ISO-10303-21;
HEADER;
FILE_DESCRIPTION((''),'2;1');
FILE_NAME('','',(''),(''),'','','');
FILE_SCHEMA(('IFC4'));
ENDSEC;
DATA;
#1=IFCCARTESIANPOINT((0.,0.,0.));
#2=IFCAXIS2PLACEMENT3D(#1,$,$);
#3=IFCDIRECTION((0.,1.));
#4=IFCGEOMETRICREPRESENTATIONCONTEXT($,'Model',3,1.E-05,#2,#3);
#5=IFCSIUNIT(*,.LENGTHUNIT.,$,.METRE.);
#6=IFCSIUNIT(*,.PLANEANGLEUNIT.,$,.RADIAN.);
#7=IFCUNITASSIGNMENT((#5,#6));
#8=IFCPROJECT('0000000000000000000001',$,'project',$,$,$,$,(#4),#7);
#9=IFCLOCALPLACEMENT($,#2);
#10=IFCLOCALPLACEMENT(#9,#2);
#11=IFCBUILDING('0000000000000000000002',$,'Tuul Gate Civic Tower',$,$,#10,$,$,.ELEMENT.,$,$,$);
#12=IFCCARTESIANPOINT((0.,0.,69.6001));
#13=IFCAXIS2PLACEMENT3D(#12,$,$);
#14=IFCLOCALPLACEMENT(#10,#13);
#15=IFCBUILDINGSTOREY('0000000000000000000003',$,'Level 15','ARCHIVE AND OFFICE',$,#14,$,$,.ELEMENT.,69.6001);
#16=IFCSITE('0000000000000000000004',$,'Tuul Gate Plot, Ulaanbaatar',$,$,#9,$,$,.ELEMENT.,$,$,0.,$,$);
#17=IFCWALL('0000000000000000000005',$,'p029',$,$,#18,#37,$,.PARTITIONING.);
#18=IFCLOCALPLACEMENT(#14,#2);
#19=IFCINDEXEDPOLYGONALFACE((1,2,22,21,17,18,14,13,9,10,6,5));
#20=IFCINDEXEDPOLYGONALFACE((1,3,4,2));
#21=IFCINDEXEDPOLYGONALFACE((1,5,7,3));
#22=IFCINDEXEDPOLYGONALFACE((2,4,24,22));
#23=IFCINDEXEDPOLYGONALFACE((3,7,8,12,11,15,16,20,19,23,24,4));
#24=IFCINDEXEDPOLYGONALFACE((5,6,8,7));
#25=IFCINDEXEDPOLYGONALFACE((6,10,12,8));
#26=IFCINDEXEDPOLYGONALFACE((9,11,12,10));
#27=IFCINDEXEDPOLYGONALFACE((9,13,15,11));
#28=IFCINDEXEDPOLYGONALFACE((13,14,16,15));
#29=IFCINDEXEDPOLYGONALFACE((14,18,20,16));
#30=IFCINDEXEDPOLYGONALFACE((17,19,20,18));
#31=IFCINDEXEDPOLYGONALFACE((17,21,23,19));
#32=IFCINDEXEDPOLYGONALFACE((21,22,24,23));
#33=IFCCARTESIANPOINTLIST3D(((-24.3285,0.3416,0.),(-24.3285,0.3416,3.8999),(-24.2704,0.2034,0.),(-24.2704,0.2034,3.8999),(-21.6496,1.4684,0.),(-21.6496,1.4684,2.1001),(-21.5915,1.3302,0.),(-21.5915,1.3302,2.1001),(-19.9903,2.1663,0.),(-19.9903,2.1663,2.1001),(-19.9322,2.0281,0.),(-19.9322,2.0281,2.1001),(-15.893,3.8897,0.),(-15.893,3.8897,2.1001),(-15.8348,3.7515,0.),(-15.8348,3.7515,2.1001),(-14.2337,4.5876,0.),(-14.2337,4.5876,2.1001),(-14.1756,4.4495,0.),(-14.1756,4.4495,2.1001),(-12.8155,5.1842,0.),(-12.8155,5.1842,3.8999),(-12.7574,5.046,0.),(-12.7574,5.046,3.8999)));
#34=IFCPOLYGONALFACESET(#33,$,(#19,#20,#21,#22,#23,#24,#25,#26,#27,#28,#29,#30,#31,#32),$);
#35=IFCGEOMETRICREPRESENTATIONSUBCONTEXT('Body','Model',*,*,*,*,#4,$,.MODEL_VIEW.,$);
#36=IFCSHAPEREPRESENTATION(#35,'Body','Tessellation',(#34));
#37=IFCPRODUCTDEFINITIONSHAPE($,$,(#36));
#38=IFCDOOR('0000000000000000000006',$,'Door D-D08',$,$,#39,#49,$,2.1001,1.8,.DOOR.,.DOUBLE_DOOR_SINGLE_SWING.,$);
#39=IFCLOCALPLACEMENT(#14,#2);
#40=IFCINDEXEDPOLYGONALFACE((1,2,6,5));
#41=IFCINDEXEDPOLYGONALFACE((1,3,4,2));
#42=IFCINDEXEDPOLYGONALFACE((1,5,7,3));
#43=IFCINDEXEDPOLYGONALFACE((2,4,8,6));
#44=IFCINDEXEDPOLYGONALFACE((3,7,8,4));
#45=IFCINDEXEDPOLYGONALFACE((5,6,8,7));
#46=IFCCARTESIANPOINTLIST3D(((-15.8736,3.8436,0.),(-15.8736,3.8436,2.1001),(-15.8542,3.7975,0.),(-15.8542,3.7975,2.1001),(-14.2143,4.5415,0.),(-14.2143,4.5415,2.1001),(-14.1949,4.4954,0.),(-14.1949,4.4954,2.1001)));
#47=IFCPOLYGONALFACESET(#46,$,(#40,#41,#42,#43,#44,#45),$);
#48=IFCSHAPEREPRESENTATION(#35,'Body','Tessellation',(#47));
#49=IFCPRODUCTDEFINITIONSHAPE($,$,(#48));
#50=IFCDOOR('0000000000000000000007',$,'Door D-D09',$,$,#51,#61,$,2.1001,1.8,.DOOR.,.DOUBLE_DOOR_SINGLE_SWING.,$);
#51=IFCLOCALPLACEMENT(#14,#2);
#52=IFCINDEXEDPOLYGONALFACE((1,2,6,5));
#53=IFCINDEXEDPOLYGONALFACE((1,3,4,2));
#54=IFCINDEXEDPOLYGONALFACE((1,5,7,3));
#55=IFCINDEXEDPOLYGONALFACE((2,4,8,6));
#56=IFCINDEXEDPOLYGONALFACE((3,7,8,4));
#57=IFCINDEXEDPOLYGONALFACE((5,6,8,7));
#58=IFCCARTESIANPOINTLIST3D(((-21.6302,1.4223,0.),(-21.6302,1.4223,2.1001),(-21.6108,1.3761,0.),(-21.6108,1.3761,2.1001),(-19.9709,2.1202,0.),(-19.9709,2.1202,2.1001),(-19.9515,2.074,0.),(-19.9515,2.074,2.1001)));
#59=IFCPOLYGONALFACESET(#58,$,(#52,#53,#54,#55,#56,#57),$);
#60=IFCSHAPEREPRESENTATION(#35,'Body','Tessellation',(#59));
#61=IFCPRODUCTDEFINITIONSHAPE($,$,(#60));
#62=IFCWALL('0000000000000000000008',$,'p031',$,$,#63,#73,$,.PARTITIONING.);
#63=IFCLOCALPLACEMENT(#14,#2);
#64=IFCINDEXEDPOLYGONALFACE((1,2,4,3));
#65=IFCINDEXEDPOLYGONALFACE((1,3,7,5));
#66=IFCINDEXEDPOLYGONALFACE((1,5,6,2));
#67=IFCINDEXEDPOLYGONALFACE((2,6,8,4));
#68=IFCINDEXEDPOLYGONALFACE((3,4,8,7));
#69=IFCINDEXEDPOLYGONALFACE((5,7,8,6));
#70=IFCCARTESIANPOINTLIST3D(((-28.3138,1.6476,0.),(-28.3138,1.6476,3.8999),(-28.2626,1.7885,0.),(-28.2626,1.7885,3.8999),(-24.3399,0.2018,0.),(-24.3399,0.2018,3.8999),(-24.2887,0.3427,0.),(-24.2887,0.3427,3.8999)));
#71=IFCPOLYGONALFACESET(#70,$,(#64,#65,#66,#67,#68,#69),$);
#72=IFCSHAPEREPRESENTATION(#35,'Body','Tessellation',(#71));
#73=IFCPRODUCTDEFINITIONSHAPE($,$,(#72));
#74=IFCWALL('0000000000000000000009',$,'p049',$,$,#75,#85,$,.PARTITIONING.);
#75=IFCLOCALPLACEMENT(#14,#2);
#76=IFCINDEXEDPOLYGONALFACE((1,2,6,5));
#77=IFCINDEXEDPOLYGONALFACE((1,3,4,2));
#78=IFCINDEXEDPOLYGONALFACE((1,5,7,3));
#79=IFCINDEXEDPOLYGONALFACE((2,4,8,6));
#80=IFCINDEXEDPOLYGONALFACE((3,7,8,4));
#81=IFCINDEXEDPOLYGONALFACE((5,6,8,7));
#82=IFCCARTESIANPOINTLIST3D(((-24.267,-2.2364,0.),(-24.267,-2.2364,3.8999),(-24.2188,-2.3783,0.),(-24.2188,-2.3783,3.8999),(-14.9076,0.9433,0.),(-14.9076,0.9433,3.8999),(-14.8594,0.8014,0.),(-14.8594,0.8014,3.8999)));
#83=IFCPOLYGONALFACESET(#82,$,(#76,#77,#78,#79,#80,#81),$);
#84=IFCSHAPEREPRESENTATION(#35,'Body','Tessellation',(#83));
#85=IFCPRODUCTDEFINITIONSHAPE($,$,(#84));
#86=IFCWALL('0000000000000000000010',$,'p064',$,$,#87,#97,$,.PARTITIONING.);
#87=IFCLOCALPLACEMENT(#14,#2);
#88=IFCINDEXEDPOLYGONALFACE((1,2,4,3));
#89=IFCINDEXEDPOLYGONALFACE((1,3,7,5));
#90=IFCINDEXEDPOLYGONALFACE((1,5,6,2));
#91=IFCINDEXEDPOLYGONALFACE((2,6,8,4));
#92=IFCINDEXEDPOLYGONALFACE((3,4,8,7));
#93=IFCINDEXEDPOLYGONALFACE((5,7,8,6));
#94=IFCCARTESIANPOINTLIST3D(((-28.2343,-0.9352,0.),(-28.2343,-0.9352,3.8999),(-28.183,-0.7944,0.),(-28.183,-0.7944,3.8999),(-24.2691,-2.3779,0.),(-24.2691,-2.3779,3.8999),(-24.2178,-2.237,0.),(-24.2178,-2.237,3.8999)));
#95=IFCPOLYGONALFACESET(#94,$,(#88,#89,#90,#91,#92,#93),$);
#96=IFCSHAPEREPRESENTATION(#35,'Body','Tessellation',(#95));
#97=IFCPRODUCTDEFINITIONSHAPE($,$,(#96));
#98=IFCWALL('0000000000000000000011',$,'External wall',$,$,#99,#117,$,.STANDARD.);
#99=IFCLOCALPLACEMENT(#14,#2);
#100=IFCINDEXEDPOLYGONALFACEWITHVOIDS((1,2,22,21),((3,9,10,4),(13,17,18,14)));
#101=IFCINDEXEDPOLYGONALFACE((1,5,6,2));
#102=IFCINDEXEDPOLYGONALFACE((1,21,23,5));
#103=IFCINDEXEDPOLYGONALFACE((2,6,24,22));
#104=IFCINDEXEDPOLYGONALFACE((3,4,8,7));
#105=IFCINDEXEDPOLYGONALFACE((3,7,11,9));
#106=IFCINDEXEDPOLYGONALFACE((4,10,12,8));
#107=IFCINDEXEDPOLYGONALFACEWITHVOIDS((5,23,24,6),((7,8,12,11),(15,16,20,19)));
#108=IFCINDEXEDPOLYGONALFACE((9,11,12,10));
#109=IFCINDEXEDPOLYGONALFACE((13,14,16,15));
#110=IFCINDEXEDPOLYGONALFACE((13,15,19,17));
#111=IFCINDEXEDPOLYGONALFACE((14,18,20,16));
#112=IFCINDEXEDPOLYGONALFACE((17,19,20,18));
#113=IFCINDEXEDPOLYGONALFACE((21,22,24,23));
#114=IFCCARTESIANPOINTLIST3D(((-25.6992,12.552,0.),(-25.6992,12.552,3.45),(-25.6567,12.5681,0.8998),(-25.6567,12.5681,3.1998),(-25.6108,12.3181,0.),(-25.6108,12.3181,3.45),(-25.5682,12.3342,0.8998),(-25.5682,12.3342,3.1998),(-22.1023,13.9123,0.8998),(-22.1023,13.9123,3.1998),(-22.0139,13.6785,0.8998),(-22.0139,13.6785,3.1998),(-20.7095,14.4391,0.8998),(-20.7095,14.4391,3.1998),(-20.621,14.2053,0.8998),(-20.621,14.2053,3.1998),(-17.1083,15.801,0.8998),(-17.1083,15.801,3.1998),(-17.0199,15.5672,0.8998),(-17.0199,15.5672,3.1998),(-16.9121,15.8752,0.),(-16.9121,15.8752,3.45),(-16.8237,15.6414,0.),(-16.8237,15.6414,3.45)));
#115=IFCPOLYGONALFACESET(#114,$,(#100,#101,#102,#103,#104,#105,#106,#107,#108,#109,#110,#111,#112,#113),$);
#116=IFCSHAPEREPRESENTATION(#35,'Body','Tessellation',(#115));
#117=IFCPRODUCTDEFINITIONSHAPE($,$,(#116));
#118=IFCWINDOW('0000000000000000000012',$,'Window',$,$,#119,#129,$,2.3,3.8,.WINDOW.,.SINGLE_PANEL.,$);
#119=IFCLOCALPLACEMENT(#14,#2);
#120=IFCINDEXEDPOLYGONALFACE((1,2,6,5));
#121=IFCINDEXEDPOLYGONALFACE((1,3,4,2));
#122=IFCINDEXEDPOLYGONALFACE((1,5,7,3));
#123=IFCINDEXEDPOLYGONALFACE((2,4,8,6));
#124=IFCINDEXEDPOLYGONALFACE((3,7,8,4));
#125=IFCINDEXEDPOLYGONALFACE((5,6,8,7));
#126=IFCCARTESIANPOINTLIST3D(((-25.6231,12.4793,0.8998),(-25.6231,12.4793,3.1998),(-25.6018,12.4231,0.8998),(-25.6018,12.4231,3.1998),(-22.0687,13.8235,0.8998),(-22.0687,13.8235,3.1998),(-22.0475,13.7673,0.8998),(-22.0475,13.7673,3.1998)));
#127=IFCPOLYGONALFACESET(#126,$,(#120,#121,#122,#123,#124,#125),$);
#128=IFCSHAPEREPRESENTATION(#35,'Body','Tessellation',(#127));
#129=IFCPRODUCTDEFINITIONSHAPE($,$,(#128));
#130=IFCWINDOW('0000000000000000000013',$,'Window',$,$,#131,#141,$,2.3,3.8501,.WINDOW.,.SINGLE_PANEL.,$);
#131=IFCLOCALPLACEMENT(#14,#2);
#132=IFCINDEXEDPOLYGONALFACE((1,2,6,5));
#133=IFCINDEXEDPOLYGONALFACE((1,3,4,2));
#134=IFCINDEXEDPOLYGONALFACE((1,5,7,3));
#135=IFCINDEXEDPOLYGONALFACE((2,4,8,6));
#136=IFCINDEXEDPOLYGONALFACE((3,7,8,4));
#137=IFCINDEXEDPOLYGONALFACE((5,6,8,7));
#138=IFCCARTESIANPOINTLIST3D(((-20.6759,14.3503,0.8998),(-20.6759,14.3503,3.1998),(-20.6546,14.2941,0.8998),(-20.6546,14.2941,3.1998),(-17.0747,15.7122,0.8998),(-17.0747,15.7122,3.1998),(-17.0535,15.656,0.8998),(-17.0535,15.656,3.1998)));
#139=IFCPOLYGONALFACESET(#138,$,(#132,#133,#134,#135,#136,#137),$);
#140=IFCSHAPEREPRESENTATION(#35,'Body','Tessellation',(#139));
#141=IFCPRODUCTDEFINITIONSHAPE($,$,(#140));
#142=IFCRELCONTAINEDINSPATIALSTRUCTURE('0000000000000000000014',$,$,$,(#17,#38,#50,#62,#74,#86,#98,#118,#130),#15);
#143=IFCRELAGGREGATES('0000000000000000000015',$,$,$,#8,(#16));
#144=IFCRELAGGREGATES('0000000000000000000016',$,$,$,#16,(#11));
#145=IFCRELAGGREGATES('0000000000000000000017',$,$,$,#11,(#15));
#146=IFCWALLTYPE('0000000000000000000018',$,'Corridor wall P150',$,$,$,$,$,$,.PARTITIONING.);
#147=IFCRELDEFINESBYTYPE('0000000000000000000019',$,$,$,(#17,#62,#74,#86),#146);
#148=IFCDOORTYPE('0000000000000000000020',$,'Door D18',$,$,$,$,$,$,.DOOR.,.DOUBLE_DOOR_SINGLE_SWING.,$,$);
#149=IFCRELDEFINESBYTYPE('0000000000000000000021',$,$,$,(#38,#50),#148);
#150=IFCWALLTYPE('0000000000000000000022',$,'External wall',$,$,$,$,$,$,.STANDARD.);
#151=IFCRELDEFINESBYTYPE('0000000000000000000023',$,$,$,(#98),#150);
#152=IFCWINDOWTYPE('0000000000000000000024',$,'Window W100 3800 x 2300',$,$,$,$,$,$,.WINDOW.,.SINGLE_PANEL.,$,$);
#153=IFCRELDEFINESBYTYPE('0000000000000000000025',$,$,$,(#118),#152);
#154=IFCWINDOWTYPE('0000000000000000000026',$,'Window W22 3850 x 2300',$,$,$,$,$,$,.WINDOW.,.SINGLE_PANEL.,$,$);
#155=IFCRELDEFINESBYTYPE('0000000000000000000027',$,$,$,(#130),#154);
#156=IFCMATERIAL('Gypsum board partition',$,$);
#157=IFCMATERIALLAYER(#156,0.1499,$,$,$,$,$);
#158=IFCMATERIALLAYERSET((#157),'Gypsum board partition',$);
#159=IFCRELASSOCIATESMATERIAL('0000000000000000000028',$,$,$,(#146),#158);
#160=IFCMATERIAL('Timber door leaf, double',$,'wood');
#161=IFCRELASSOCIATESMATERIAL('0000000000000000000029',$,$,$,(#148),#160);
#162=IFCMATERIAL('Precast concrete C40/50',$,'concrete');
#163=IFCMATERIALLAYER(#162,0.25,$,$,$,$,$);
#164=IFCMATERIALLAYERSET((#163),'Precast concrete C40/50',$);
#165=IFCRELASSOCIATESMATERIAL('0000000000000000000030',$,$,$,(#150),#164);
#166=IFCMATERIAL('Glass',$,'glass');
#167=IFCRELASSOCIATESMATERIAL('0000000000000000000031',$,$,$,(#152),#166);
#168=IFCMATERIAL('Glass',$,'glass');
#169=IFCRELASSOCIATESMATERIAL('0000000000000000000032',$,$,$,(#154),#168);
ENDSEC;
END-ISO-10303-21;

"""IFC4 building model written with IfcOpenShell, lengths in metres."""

from ifc_helpers import new_model, si_unit, direction, frame, frame_2d, origin, place, context, subcontext, project, spatial, rectangle, extrude, material, layer, layer_set, type_object, element, fill, save


model = new_model("IFC4")

# Units and contexts
model_context = context("Model", 3, precision=1e-05, world=origin(), true_north=direction((0.0, 1.0)))
body_context = subcontext(model_context, "Body", "Model", "MODEL_VIEW")
ifc_project = project(units=[si_unit("LENGTHUNIT", "METRE"), si_unit("PLANEANGLEUNIT", "RADIAN")], contexts=[model_context])

# Site, building, storey
site_placement = place(None, origin())
site = spatial("IfcSite", under=ifc_project, at=site_placement, Name="Tuul Gate Plot, Ulaanbaatar", CompositionType="ELEMENT", RefElevation=0.0)
building_placement = place(site_placement, origin())
building = spatial("IfcBuilding", under=site, at=building_placement, Name="Tuul Gate Civic Tower", CompositionType="ELEMENT")
storey_placement = place(building_placement, frame((0.0, 0.0, 69.6001)))
storey = spatial("IfcBuildingStorey", under=building, at=storey_placement, Name="Level 15", Description="ARCHIVE AND OFFICE", CompositionType="ELEMENT", Elevation=69.6001)

# Shared definitions
ifc_material_1 = material(Name="Gypsum board partition")
ifc_layer_1 = layer(ifc_material_1, 0.1499)
ifc_layer_set_1 = layer_set([ifc_layer_1], Name="Gypsum board partition")
wall_type_1 = type_object("IfcWallType", Name="Corridor wall P150", PredefinedType="PARTITIONING", material=ifc_layer_set_1)

# Wall, openings, doors
wall_1_placement = place(storey_placement, frame((-24.2996, 0.2725, 0.0), z_axis=(0.0, 0.0, 1.0), x_axis=(0.921779, 0.387715, 0.0)))
wall_1 = element("IfcWall", 1, at=wall_1_placement, inside=storey, type_object=wall_type_1, Name="p029", PredefinedType="PARTITIONING", context=body_context, shape_type="SweptSolid", body=[
    extrude(rectangle(XDim=12.49, YDim=0.1499, at=frame_2d((6.2451, 0.0))), origin(), (0.0, 0.0, 1.0), 3.8999),
])
opening_1_placement = place(wall_1_placement, frame((9.1516, 0.0, 0.0)))
opening_1 = element("IfcOpeningElement", 2, at=opening_1_placement, cuts=wall_1, PredefinedType="OPENING", context=body_context, shape_type="SweptSolid", body=[
    extrude(rectangle(XDim=1.8, YDim=2.1001, at=frame_2d((0.8999, 1.05))), frame((0.0, 0.085, 0.0), z_axis=(0.0, -1.0, 0.0), x_axis=(1.0, 0.0, 0.0)), (0.0, 0.0, 1.0), 0.1699),
])
opening_2_placement = place(wall_1_placement, frame((2.9065, 0.0, 0.0)))
opening_2 = element("IfcOpeningElement", 3, at=opening_2_placement, cuts=wall_1, PredefinedType="OPENING", context=body_context, shape_type="SweptSolid", body=[
    extrude(rectangle(XDim=1.8, YDim=2.1001, at=frame_2d((0.8999, 1.05))), frame((0.0, 0.085, 0.0), z_axis=(0.0, -1.0, 0.0), x_axis=(1.0, 0.0, 0.0)), (0.0, 0.0, 1.0), 0.1699),
])
ifc_material_2 = material(Name="Timber door leaf, double", Category="wood")
door_type_1 = type_object("IfcDoorType", Name="Door D18", OperationType="DOUBLE_DOOR_SINGLE_SWING", PredefinedType="DOOR", material=ifc_material_2)
door_1_placement = place(opening_1_placement, origin())
door_1 = element("IfcDoor", 4, at=door_1_placement, inside=storey, type_object=door_type_1, Name="Door D-D08", OperationType="DOUBLE_DOOR_SINGLE_SWING", OverallHeight=2.1001, OverallWidth=1.8, PredefinedType="DOOR", context=body_context, shape_type="SweptSolid", body=[
    extrude(rectangle(XDim=1.8, YDim=2.1001, at=frame_2d((0.8999, 1.05))), frame((0.0, 0.0249, 0.0), z_axis=(0.0, -1.0, 0.0), x_axis=(1.0, 0.0, 0.0)), (0.0, 0.0, 1.0), 0.05),
])
fill(opening_1, door_1)
door_2_placement = place(opening_2_placement, origin())
door_2 = element("IfcDoor", 5, at=door_2_placement, inside=storey, type_object=door_type_1, Name="Door D-D09", OperationType="DOUBLE_DOOR_SINGLE_SWING", OverallHeight=2.1001, OverallWidth=1.8, PredefinedType="DOOR", context=body_context, shape_type="SweptSolid", body=[
    extrude(rectangle(XDim=1.8, YDim=2.1001, at=frame_2d((0.8999, 1.05))), frame((0.0, 0.0249, 0.0), z_axis=(0.0, -1.0, 0.0), x_axis=(1.0, 0.0, 0.0)), (0.0, 0.0, 1.0), 0.05),
])
fill(opening_2, door_2)

# Walls
wall_2_placement = place(storey_placement, frame((-28.2881, 1.718, 0.0), z_axis=(0.0, 0.0, 1.0), x_axis=(0.939736, -0.341901, 0.0)))
element("IfcWall", 6, at=wall_2_placement, inside=storey, type_object=wall_type_1, Name="p031", PredefinedType="PARTITIONING", context=body_context, shape_type="SweptSolid", body=[
    extrude(rectangle(XDim=4.2288, YDim=0.1499, at=frame_2d((2.1143, 0.0))), origin(), (0.0, 0.0, 1.0), 3.8999),
])
wall_3_placement = place(storey_placement, frame((-24.2429, -2.3074, 0.0), z_axis=(0.0, 0.0, 1.0), x_axis=(0.94685, 0.321676, 0.0)))
element("IfcWall", 7, at=wall_3_placement, inside=storey, type_object=wall_type_1, Name="p049", PredefinedType="PARTITIONING", context=body_context, shape_type="SweptSolid", body=[
    extrude(rectangle(XDim=9.8848, YDim=0.1499, at=frame_2d((4.9424, 0.0))), origin(), (0.0, 0.0, 1.0), 3.8999),
])
wall_4_placement = place(storey_placement, frame((-28.2087, -0.8647, 0.0), z_axis=(0.0, 0.0, 1.0), x_axis=(0.939734, -0.341906, 0.0)))
element("IfcWall", 8, at=wall_4_placement, inside=storey, type_object=wall_type_1, Name="p064", PredefinedType="PARTITIONING", context=body_context, shape_type="SweptSolid", body=[
    extrude(rectangle(XDim=4.2195, YDim=0.1499, at=frame_2d((2.1099, 0.0))), origin(), (0.0, 0.0, 1.0), 3.8999),
])

# Wall, openings, windows
ifc_material_3 = material(Name="Precast concrete C40/50", Category="concrete")
ifc_layer_2 = layer(ifc_material_3, 0.25)
ifc_layer_set_2 = layer_set([ifc_layer_2], Name="Precast concrete C40/50")
wall_type_2 = type_object("IfcWallType", Name="External wall", PredefinedType="STANDARD", material=ifc_layer_set_2)
wall_5_placement = place(storey_placement, frame((-16.8679, 15.7583, 0.0), z_axis=(0.0, 0.0, 1.0), x_axis=(-0.935343, -0.353742, 0.0)))
wall_5 = element("IfcWall", 9, at=wall_5_placement, inside=storey, type_object=wall_type_2, Name="External wall", PredefinedType="STANDARD", context=body_context, shape_type="SweptSolid", body=[
    extrude(rectangle(XDim=9.3945, YDim=0.25, at=frame_2d((4.6973, 0.0))), origin(), (0.0, 0.0, 1.0), 3.45),
])
opening_3_placement = place(wall_5_placement, frame((0.2097, 0.0, 0.8999)))
opening_3 = element("IfcOpeningElement", 10, at=opening_3_placement, cuts=wall_5, PredefinedType="OPENING", context=body_context, shape_type="SweptSolid", body=[
    extrude(rectangle(XDim=3.8501, YDim=2.3, at=frame_2d((1.925, 1.1499))), frame((0.0, 0.135, 0.0), z_axis=(0.0, -1.0, 0.0), x_axis=(1.0, 0.0, 0.0)), (0.0, 0.0, 1.0), 0.27),
])
opening_4_placement = place(wall_5_placement, frame((5.5491, 0.0, 0.8999)))
opening_4 = element("IfcOpeningElement", 11, at=opening_4_placement, cuts=wall_5, PredefinedType="OPENING", context=body_context, shape_type="SweptSolid", body=[
    extrude(rectangle(XDim=3.8, YDim=2.3, at=frame_2d((1.8999, 1.1499))), frame((0.0, 0.135, 0.0), z_axis=(0.0, -1.0, 0.0), x_axis=(1.0, 0.0, 0.0)), (0.0, 0.0, 1.0), 0.27),
])
ifc_material_4 = material(Name="Glass", Category="glass")
window_type_1 = type_object("IfcWindowType", Name="Window W100 3800 x 2300", PartitioningType="SINGLE_PANEL", PredefinedType="WINDOW", material=ifc_material_4)
window_1_placement = place(opening_4_placement, origin())
window_1 = element("IfcWindow", 12, at=window_1_placement, inside=storey, type_object=window_type_1, Name="Window", OverallHeight=2.3, OverallWidth=3.8, PartitioningType="SINGLE_PANEL", PredefinedType="WINDOW", context=body_context, shape_type="SweptSolid", body=[
    extrude(rectangle(XDim=3.8, YDim=2.3, at=frame_2d((1.8999, 1.1499))), frame((0.0, 0.03, 0.0), z_axis=(0.0, -1.0, 0.0), x_axis=(1.0, 0.0, 0.0)), (0.0, 0.0, 1.0), 0.0601),
])
fill(opening_4, window_1)
ifc_material_5 = material(Name="Glass", Category="glass")
window_type_2 = type_object("IfcWindowType", Name="Window W22 3850 x 2300", PartitioningType="SINGLE_PANEL", PredefinedType="WINDOW", material=ifc_material_5)
window_2_placement = place(opening_3_placement, origin())
window_2 = element("IfcWindow", 13, at=window_2_placement, inside=storey, type_object=window_type_2, Name="Window", OverallHeight=2.3, OverallWidth=3.8501, PartitioningType="SINGLE_PANEL", PredefinedType="WINDOW", context=body_context, shape_type="SweptSolid", body=[
    extrude(rectangle(XDim=3.8501, YDim=2.3, at=frame_2d((1.925, 1.1499))), frame((0.0, 0.03, 0.0), z_axis=(0.0, -1.0, 0.0), x_axis=(1.0, 0.0, 0.0)), (0.0, 0.0, 1.0), 0.0601),
])
fill(opening_3, window_2)

save(model, "model.ifc")
